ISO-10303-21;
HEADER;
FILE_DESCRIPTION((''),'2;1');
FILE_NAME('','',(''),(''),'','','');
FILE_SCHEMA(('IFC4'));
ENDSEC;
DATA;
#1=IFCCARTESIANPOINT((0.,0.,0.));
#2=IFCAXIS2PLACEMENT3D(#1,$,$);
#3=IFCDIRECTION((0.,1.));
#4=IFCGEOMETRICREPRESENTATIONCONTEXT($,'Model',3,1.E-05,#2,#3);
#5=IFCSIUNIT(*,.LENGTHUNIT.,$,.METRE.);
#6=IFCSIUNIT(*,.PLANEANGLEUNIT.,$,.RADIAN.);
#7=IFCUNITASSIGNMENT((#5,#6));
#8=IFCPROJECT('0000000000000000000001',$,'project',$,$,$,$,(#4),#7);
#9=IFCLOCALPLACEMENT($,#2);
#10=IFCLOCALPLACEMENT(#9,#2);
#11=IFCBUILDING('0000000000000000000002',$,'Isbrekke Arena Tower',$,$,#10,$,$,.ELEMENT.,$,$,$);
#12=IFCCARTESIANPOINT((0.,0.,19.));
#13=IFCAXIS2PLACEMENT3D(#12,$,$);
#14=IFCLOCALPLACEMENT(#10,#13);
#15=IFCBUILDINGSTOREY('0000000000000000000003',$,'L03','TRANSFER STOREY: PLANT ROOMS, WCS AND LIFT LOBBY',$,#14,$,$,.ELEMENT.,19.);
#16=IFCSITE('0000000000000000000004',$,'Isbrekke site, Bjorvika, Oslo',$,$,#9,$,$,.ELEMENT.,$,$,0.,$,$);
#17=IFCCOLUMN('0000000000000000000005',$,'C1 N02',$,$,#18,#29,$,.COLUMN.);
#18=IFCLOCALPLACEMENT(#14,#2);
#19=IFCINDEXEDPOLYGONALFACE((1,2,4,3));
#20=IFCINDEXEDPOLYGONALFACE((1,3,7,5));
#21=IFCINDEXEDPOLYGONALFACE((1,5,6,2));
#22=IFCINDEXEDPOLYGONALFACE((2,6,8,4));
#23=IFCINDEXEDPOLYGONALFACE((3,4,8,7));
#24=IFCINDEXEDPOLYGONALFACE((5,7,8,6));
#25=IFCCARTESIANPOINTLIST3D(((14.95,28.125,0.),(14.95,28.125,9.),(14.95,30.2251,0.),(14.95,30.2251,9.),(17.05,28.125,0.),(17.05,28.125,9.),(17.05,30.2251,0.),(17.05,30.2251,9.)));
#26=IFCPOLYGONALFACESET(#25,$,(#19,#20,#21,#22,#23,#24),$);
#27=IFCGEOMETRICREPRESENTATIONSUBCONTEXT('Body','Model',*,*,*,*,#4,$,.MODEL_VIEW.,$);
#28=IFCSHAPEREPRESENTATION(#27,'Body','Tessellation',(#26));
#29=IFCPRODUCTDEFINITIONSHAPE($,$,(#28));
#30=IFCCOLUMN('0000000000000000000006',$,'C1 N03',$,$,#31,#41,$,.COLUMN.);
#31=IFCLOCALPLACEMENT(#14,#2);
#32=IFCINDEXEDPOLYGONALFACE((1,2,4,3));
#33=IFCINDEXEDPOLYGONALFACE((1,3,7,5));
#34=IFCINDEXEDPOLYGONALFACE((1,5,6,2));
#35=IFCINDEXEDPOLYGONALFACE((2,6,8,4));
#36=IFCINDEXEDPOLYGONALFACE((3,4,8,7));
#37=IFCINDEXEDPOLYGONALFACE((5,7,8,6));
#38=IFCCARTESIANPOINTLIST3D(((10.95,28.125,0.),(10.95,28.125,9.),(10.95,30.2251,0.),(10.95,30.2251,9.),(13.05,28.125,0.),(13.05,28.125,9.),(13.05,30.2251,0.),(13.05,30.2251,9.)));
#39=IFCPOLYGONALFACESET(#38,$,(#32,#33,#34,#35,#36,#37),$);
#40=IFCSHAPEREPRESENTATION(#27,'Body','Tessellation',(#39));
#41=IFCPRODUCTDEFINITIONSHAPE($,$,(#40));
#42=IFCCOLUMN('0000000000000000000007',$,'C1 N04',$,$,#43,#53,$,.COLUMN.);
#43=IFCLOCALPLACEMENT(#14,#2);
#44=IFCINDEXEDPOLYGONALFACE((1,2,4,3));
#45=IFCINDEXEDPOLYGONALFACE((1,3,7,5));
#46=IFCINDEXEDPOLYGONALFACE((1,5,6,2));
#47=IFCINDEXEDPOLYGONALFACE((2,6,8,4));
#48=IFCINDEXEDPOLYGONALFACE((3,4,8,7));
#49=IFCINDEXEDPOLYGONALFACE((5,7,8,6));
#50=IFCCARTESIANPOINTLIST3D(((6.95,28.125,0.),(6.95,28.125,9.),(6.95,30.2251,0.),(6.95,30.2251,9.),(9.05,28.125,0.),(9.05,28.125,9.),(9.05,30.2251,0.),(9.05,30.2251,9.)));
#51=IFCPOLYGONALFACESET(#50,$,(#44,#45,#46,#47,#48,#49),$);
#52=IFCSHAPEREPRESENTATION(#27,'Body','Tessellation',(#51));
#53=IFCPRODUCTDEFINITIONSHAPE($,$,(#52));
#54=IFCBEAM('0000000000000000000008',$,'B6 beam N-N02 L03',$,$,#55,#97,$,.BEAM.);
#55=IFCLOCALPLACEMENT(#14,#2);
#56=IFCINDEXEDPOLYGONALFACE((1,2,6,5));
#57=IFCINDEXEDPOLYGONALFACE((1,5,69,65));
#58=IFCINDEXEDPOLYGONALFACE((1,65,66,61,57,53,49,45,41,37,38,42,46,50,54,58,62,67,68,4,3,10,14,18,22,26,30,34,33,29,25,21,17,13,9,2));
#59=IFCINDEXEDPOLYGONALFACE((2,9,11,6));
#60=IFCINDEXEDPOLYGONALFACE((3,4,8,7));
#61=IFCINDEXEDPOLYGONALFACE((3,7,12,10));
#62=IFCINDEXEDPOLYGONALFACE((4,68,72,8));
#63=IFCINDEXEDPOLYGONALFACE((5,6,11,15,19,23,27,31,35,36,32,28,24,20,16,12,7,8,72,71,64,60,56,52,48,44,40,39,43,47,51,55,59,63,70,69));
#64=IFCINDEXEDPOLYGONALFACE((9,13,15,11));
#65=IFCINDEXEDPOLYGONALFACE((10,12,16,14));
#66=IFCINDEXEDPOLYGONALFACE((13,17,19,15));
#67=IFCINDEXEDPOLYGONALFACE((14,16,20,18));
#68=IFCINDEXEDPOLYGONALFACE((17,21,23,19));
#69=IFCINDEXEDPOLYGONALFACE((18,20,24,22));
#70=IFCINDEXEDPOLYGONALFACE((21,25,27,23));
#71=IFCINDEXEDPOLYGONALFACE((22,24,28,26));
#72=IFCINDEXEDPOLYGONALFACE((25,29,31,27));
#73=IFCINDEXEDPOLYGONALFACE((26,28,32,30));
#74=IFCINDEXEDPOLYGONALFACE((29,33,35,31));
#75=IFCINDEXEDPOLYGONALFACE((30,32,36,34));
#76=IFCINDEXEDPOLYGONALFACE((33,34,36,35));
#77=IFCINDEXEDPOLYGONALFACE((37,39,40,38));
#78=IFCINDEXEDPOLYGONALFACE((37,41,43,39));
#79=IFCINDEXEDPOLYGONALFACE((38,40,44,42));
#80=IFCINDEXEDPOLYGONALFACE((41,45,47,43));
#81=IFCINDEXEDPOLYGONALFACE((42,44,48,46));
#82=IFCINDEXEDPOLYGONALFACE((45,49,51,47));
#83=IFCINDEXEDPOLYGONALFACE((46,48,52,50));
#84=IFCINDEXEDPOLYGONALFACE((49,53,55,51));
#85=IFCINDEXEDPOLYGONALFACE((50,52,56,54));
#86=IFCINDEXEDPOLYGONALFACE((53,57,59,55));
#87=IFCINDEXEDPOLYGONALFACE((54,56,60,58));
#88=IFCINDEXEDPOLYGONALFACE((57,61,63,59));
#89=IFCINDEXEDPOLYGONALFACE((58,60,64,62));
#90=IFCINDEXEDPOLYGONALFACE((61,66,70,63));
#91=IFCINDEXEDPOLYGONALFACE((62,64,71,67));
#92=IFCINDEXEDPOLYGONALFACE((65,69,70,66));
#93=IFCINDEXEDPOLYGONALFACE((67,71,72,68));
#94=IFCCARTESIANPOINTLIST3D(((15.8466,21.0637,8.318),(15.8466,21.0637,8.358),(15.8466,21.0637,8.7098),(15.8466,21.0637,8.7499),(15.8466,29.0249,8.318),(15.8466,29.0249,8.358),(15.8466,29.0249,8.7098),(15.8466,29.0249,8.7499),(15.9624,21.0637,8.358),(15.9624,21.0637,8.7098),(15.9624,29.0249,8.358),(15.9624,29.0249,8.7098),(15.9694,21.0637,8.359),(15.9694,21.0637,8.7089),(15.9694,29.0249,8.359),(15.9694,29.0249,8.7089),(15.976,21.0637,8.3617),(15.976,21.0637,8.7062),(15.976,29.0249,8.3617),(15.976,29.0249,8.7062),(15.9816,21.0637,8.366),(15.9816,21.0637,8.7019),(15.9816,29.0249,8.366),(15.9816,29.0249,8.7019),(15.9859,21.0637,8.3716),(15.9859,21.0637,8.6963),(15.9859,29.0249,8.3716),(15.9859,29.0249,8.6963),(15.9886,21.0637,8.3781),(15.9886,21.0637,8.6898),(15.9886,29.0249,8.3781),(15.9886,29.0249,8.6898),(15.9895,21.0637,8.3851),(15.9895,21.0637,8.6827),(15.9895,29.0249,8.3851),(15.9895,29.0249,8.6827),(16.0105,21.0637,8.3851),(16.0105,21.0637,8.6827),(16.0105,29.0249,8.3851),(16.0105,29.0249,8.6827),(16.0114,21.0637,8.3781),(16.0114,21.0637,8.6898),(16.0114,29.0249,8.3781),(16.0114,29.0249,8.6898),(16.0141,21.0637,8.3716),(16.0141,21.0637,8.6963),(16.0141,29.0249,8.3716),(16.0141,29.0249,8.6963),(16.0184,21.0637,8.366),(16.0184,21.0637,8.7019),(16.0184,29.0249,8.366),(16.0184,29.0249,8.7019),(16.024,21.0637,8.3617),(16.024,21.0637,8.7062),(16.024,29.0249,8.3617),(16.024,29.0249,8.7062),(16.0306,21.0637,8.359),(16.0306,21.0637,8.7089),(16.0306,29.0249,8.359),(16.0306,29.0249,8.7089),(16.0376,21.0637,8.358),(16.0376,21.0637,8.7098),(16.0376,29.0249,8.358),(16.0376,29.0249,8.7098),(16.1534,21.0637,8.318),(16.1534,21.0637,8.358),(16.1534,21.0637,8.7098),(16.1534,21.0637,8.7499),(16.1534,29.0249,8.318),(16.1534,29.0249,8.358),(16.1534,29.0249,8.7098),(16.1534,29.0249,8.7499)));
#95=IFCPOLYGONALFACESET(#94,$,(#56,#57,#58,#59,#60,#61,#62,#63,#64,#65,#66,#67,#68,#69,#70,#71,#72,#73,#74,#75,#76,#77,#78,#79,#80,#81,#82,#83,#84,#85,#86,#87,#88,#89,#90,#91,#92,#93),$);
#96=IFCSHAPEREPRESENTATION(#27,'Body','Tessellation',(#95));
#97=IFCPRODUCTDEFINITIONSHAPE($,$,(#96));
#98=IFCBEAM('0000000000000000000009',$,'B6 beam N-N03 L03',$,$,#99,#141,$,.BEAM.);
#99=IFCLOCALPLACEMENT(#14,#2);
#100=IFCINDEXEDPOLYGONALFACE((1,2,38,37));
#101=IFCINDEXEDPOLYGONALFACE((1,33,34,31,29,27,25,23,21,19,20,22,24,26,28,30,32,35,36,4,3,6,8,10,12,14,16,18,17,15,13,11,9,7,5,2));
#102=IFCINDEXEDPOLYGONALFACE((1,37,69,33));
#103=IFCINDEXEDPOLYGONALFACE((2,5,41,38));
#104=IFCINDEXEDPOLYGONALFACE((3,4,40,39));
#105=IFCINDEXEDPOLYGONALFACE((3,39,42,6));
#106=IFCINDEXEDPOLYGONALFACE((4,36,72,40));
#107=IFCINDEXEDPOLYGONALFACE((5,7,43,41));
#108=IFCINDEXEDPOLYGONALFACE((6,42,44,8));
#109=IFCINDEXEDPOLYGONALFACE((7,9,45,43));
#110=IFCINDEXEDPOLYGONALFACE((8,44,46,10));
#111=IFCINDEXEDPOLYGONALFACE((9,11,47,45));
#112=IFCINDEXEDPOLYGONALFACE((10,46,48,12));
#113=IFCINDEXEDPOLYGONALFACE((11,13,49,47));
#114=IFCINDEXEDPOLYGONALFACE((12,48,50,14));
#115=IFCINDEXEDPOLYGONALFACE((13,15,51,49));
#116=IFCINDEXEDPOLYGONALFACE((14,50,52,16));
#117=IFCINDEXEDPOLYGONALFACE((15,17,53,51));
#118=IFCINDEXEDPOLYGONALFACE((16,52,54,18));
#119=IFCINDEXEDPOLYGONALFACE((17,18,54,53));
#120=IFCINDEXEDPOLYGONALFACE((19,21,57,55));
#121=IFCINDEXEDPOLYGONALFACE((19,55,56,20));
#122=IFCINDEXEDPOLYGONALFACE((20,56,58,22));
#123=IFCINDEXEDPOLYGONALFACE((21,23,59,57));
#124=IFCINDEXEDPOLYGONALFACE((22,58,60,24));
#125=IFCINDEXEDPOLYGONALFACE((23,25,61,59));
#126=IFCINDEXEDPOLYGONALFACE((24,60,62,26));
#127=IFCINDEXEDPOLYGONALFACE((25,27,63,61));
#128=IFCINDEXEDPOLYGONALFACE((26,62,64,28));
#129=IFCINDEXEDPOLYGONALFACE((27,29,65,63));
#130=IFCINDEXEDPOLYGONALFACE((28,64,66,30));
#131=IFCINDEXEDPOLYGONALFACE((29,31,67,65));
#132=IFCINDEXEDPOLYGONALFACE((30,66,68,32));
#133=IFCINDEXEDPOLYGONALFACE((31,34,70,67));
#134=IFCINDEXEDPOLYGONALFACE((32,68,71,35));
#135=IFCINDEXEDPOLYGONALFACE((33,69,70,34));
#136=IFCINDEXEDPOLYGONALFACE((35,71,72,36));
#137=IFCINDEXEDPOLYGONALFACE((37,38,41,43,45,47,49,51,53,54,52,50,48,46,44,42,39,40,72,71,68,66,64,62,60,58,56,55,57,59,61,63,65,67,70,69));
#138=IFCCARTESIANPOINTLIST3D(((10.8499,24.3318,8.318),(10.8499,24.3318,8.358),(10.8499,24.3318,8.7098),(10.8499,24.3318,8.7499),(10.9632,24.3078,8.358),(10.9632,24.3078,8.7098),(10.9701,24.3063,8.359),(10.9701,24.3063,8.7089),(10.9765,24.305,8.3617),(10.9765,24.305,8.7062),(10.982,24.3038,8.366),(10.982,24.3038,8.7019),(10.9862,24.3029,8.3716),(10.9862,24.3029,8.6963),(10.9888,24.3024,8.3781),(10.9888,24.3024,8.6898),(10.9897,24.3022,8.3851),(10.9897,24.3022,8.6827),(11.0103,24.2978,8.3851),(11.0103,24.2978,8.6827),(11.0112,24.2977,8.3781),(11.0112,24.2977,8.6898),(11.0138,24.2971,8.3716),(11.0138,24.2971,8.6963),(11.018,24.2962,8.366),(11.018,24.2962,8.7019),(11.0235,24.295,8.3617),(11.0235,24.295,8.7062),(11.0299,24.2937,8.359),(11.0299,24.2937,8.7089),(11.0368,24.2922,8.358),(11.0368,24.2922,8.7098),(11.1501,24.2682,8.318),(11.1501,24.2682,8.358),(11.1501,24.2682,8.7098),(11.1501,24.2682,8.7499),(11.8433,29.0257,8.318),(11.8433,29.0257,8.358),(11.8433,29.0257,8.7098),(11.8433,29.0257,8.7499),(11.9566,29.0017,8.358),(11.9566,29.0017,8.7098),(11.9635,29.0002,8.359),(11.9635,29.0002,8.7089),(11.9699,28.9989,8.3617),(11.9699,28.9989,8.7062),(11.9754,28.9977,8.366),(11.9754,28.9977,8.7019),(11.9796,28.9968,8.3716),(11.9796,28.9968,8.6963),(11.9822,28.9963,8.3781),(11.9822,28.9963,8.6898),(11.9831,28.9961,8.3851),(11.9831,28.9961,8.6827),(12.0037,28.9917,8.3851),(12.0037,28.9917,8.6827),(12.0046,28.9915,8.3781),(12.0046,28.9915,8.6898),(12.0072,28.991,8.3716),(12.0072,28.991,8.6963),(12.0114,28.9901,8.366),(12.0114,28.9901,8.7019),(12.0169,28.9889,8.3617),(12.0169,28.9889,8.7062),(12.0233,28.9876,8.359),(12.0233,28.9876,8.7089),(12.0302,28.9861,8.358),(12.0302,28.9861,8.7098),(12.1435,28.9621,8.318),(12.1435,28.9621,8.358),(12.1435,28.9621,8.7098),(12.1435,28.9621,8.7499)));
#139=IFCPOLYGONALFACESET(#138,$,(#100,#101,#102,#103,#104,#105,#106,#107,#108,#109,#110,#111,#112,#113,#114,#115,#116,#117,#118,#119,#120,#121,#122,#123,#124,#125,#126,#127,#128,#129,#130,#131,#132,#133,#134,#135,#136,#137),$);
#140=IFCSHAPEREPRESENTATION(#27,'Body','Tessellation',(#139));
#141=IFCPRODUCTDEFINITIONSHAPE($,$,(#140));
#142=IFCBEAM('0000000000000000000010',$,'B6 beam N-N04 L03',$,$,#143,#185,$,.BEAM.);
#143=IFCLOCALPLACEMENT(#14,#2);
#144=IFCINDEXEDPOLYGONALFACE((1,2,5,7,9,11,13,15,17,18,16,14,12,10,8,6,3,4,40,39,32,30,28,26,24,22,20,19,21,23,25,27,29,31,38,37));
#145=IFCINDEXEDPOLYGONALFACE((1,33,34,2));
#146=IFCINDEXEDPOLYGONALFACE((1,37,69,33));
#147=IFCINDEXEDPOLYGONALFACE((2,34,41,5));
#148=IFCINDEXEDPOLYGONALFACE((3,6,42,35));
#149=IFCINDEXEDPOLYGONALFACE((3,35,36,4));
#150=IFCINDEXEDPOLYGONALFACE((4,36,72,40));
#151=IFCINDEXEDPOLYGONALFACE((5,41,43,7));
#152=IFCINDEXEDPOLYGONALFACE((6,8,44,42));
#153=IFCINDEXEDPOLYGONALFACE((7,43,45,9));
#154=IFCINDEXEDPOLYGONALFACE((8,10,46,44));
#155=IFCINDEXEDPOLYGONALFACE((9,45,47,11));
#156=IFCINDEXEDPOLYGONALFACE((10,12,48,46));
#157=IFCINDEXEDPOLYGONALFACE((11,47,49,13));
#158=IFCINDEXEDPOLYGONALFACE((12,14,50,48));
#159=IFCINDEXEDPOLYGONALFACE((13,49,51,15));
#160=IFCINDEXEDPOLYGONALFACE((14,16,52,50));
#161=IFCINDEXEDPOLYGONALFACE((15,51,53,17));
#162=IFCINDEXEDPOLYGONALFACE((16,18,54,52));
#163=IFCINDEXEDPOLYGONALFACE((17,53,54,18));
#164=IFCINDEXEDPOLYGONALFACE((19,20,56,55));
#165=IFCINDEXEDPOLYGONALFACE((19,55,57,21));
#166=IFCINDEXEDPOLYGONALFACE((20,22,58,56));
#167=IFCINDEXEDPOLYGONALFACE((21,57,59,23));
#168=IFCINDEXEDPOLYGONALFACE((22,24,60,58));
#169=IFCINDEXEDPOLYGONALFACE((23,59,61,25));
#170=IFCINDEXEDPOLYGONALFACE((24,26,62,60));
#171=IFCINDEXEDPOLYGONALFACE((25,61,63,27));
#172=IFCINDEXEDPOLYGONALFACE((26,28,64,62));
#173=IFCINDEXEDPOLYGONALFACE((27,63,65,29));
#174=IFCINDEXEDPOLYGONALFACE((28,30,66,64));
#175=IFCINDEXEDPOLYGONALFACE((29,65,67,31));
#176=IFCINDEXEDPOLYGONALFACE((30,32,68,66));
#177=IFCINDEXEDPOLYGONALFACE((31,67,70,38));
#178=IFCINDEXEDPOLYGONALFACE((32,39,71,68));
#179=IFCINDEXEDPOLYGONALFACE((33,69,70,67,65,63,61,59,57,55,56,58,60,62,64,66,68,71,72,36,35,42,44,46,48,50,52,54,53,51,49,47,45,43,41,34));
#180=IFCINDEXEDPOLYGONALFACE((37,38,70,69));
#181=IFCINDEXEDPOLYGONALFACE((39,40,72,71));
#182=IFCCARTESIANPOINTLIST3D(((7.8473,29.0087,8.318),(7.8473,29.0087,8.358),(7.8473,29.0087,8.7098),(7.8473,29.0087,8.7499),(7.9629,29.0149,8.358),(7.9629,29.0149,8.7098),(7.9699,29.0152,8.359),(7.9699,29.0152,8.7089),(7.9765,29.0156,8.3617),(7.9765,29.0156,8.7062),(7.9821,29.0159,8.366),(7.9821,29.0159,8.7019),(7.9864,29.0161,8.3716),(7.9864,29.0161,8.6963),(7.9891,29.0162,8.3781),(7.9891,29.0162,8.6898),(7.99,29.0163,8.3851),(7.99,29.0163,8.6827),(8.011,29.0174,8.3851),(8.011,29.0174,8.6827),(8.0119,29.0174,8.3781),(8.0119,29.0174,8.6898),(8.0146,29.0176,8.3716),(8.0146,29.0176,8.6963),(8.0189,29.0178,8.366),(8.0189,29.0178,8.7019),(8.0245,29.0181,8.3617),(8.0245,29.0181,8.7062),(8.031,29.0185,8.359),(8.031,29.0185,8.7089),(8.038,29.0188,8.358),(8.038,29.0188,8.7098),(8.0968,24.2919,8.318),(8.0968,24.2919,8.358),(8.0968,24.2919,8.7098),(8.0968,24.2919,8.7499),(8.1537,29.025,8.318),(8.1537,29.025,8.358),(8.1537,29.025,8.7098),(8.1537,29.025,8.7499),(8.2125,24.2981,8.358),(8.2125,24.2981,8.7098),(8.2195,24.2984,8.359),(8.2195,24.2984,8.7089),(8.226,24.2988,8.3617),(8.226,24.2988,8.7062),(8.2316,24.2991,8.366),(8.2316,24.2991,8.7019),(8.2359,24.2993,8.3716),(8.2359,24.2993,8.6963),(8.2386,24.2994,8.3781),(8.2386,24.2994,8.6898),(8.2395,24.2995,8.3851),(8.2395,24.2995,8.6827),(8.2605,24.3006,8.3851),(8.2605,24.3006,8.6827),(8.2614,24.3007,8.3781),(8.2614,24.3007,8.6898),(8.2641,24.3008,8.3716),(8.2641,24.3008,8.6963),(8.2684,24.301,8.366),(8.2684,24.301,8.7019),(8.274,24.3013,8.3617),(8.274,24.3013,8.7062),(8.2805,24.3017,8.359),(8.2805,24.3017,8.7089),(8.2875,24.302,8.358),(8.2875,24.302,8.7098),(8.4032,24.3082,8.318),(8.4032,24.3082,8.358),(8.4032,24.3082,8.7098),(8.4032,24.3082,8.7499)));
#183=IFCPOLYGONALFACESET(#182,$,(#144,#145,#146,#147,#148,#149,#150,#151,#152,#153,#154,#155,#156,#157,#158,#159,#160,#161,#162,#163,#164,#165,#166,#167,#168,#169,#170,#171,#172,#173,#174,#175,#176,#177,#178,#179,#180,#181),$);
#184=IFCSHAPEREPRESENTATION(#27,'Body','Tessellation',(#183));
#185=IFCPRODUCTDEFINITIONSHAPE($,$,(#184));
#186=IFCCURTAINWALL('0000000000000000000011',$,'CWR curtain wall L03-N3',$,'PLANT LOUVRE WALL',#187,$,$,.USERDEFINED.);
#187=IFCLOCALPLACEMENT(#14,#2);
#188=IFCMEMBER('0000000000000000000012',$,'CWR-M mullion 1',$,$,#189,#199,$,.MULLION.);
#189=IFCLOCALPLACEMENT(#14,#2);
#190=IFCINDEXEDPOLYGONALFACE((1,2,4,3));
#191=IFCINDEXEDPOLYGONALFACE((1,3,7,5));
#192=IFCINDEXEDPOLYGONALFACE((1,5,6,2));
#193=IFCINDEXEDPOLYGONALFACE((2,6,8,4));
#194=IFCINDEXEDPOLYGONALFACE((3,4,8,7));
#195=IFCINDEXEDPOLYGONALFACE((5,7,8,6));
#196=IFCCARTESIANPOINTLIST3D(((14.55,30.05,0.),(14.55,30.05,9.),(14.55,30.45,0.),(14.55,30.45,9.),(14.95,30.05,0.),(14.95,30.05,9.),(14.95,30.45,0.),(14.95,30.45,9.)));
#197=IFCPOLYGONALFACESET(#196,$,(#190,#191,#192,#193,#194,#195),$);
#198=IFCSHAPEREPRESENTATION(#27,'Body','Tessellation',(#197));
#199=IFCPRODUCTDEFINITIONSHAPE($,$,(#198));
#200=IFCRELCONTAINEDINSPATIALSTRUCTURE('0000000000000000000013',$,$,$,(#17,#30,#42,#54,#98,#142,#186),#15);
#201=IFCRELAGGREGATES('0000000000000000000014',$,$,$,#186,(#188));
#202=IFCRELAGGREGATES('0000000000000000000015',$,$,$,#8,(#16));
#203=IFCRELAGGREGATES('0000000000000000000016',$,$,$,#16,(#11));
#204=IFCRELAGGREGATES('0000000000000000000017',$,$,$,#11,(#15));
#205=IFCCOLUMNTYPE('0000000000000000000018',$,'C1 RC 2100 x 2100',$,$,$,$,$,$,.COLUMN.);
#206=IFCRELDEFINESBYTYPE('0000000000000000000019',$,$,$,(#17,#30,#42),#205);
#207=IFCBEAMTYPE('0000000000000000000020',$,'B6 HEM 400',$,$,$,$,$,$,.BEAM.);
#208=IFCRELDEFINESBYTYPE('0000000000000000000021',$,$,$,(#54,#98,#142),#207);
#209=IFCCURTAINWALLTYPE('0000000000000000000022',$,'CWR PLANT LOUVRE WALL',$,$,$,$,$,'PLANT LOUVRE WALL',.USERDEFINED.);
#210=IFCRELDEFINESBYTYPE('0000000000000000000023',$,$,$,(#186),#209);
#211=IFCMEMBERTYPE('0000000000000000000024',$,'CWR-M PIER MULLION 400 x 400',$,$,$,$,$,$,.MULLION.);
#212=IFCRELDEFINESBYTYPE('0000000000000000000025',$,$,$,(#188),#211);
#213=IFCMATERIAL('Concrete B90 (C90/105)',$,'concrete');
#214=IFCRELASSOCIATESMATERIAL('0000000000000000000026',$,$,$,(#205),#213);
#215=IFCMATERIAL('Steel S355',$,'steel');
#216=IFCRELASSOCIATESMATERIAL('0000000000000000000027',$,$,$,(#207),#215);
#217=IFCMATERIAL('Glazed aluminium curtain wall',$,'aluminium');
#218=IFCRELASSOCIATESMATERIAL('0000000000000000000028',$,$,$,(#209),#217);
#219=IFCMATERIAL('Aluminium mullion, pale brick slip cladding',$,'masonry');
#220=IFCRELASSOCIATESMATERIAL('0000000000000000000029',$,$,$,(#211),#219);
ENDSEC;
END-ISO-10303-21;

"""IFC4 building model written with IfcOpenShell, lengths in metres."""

from ifc_helpers import new_model, si_unit, direction, frame, origin, origin_2d, place, context, subcontext, project, spatial, rectangle, i_section, extrude, material, material_profile, profile_set, type_object, element, aggregate, save


model = new_model("IFC4")

# Units and contexts
model_context = context("Model", 3, precision=1e-05, world=origin(), true_north=direction((0.0, 1.0)))
body_context = subcontext(model_context, "Body", "Model", "MODEL_VIEW")
ifc_project = project(units=[si_unit("LENGTHUNIT", "METRE"), si_unit("PLANEANGLEUNIT", "RADIAN")], contexts=[model_context])

# Site, building, storey
site_placement = place(None, origin())
site = spatial("IfcSite", under=ifc_project, at=site_placement, Name="Isbrekke site, Bjorvika, Oslo", CompositionType="ELEMENT", RefElevation=0.0)
building_placement = place(site_placement, origin())
building = spatial("IfcBuilding", under=site, at=building_placement, Name="Isbrekke Arena Tower", CompositionType="ELEMENT")
storey_placement = place(building_placement, frame((0.0, 0.0, 19.0)))
storey = spatial("IfcBuildingStorey", under=building, at=storey_placement, Name="L03", Description="TRANSFER STOREY: PLANT ROOMS, WCS AND LIFT LOBBY", CompositionType="ELEMENT", Elevation=19.0)

# Columns
ifc_material_1 = material(Name="Concrete B90 (C90/105)", Category="concrete")
ifc_material_profile_1 = material_profile(ifc_material_1, rectangle(XDim=2.1001, YDim=2.1001, at=origin_2d()), Name="RC 2100x2100")
ifc_profile_set_1 = profile_set([ifc_material_profile_1], Name="Concrete B90 (C90/105)")
column_type = type_object("IfcColumnType", Name="C1 RC 2100 x 2100", PredefinedType="COLUMN", material=ifc_profile_set_1)
for number, where, z_axis, x_axis, name in (
    (1, (16.0, 29.175, 0.0), (0.0, 0.0, 1.0), (-1.0, 0.0, 0.0), "C1 N02"),
    (2, (12.0, 29.175, 0.0), (0.0, 0.0, 1.0), (-1.0, 0.0, 0.0), "C1 N03"),
    (3, (8.0, 29.175, 0.0), (0.0, 0.0, 1.0), (-1.0, 0.0, 0.0), "C1 N04"),
):
    element("IfcColumn", number, at=place(storey_placement, frame(where, z_axis=z_axis, x_axis=x_axis)), inside=storey, type_object=column_type, Name=name, PredefinedType="COLUMN", context=body_context, shape_type="SweptSolid", body=[
        extrude(rectangle(XDim=2.1001, YDim=2.1001, at=origin_2d()), origin(), (0.0, 0.0, 1.0), 9.0),
    ])

# Beams
ifc_material_2 = material(Name="Steel S355", Category="steel")
ifc_material_profile_2 = material_profile(ifc_material_2, i_section(OverallWidth=0.3069, OverallDepth=0.4319, WebThickness=0.021, FlangeThickness=0.04, FilletRadius=0.0271, at=origin_2d()), Name="HEM 400")
ifc_profile_set_2 = profile_set([ifc_material_profile_2], Name="Steel S355")
beam_type_1 = type_object("IfcBeamType", Name="B6 HEM 400", PredefinedType="BEAM", material=ifc_profile_set_2)
beam_1_placement = place(storey_placement, frame((16.0, 29.0249, 8.5339), z_axis=(0.0, -1.0, 0.0), x_axis=(1.0, 0.0, 0.0)))
element("IfcBeam", 4, at=beam_1_placement, inside=storey, type_object=beam_type_1, Name="B6 beam N-N02 L03", PredefinedType="BEAM", context=body_context, shape_type="SweptSolid", body=[
    extrude(i_section(OverallWidth=0.3069, OverallDepth=0.4319, WebThickness=0.021, FlangeThickness=0.04, FilletRadius=0.0271, at=origin_2d()), origin(), (0.0, 0.0, 1.0), 7.9612),
])
beam_2_placement = place(storey_placement, frame((11.9934, 28.9939, 8.5339), z_axis=(-0.207054, -0.978329, 0.0), x_axis=(0.978329, -0.207054, 0.0)))
element("IfcBeam", 5, at=beam_2_placement, inside=storey, type_object=beam_type_1, Name="B6 beam N-N03 L03", PredefinedType="BEAM", context=body_context, shape_type="SweptSolid", body=[
    extrude(i_section(OverallWidth=0.3069, OverallDepth=0.4319, WebThickness=0.021, FlangeThickness=0.04, FilletRadius=0.0271, at=origin_2d()), origin(), (0.0, 0.0, 1.0), 4.7979),
])
beam_3_placement = place(storey_placement, frame((8.0005, 29.0168, 8.5339), z_axis=(0.052825, -0.998604, 0.0), x_axis=(0.998604, 0.052825, 0.0)))
element("IfcBeam", 6, at=beam_3_placement, inside=storey, type_object=beam_type_1, Name="B6 beam N-N04 L03", PredefinedType="BEAM", context=body_context, shape_type="SweptSolid", body=[
    extrude(i_section(OverallWidth=0.3069, OverallDepth=0.4319, WebThickness=0.021, FlangeThickness=0.04, FilletRadius=0.0271, at=origin_2d()), origin(), (0.0, 0.0, 1.0), 4.7234),
])

# Curtain wall, member
ifc_material_3 = material(Name="Glazed aluminium curtain wall", Category="aluminium")
curtain_wall_type = type_object("IfcCurtainWallType", Name="CWR PLANT LOUVRE WALL", ElementType="PLANT LOUVRE WALL", PredefinedType="USERDEFINED", material=ifc_material_3)
curtain_wall_placement = place(storey_placement, origin())
curtain_wall = element("IfcCurtainWall", 7, at=curtain_wall_placement, inside=storey, type_object=curtain_wall_type, Name="CWR curtain wall L03-N3", ObjectType="PLANT LOUVRE WALL", PredefinedType="USERDEFINED")
ifc_material_4 = material(Name="Aluminium mullion, pale brick slip cladding", Category="masonry")
ifc_material_profile_3 = material_profile(ifc_material_4, rectangle(XDim=0.3999, YDim=0.3999, at=origin_2d()), Name="PIER 400X400")
ifc_profile_set_3 = profile_set([ifc_material_profile_3], Name="Aluminium mullion, pale brick slip cladding")
member_type_1 = type_object("IfcMemberType", Name="CWR-M PIER MULLION 400 x 400", PredefinedType="MULLION", material=ifc_profile_set_3)
member_1_placement = place(storey_placement, frame((14.75, 30.25, 0.0), z_axis=(0.0, 0.0, 1.0), x_axis=(-1.0, 0.0, 0.0)))
member_1 = element("IfcMember", 8, at=member_1_placement, type_object=member_type_1, Name="CWR-M mullion 1", PredefinedType="MULLION", context=body_context, shape_type="SweptSolid", body=[
    extrude(rectangle(XDim=0.3999, YDim=0.3999, at=origin_2d()), origin(), (0.0, 0.0, 1.0), 9.0),
])

aggregate(curtain_wall, [member_1])

save(model, "model.ifc")
